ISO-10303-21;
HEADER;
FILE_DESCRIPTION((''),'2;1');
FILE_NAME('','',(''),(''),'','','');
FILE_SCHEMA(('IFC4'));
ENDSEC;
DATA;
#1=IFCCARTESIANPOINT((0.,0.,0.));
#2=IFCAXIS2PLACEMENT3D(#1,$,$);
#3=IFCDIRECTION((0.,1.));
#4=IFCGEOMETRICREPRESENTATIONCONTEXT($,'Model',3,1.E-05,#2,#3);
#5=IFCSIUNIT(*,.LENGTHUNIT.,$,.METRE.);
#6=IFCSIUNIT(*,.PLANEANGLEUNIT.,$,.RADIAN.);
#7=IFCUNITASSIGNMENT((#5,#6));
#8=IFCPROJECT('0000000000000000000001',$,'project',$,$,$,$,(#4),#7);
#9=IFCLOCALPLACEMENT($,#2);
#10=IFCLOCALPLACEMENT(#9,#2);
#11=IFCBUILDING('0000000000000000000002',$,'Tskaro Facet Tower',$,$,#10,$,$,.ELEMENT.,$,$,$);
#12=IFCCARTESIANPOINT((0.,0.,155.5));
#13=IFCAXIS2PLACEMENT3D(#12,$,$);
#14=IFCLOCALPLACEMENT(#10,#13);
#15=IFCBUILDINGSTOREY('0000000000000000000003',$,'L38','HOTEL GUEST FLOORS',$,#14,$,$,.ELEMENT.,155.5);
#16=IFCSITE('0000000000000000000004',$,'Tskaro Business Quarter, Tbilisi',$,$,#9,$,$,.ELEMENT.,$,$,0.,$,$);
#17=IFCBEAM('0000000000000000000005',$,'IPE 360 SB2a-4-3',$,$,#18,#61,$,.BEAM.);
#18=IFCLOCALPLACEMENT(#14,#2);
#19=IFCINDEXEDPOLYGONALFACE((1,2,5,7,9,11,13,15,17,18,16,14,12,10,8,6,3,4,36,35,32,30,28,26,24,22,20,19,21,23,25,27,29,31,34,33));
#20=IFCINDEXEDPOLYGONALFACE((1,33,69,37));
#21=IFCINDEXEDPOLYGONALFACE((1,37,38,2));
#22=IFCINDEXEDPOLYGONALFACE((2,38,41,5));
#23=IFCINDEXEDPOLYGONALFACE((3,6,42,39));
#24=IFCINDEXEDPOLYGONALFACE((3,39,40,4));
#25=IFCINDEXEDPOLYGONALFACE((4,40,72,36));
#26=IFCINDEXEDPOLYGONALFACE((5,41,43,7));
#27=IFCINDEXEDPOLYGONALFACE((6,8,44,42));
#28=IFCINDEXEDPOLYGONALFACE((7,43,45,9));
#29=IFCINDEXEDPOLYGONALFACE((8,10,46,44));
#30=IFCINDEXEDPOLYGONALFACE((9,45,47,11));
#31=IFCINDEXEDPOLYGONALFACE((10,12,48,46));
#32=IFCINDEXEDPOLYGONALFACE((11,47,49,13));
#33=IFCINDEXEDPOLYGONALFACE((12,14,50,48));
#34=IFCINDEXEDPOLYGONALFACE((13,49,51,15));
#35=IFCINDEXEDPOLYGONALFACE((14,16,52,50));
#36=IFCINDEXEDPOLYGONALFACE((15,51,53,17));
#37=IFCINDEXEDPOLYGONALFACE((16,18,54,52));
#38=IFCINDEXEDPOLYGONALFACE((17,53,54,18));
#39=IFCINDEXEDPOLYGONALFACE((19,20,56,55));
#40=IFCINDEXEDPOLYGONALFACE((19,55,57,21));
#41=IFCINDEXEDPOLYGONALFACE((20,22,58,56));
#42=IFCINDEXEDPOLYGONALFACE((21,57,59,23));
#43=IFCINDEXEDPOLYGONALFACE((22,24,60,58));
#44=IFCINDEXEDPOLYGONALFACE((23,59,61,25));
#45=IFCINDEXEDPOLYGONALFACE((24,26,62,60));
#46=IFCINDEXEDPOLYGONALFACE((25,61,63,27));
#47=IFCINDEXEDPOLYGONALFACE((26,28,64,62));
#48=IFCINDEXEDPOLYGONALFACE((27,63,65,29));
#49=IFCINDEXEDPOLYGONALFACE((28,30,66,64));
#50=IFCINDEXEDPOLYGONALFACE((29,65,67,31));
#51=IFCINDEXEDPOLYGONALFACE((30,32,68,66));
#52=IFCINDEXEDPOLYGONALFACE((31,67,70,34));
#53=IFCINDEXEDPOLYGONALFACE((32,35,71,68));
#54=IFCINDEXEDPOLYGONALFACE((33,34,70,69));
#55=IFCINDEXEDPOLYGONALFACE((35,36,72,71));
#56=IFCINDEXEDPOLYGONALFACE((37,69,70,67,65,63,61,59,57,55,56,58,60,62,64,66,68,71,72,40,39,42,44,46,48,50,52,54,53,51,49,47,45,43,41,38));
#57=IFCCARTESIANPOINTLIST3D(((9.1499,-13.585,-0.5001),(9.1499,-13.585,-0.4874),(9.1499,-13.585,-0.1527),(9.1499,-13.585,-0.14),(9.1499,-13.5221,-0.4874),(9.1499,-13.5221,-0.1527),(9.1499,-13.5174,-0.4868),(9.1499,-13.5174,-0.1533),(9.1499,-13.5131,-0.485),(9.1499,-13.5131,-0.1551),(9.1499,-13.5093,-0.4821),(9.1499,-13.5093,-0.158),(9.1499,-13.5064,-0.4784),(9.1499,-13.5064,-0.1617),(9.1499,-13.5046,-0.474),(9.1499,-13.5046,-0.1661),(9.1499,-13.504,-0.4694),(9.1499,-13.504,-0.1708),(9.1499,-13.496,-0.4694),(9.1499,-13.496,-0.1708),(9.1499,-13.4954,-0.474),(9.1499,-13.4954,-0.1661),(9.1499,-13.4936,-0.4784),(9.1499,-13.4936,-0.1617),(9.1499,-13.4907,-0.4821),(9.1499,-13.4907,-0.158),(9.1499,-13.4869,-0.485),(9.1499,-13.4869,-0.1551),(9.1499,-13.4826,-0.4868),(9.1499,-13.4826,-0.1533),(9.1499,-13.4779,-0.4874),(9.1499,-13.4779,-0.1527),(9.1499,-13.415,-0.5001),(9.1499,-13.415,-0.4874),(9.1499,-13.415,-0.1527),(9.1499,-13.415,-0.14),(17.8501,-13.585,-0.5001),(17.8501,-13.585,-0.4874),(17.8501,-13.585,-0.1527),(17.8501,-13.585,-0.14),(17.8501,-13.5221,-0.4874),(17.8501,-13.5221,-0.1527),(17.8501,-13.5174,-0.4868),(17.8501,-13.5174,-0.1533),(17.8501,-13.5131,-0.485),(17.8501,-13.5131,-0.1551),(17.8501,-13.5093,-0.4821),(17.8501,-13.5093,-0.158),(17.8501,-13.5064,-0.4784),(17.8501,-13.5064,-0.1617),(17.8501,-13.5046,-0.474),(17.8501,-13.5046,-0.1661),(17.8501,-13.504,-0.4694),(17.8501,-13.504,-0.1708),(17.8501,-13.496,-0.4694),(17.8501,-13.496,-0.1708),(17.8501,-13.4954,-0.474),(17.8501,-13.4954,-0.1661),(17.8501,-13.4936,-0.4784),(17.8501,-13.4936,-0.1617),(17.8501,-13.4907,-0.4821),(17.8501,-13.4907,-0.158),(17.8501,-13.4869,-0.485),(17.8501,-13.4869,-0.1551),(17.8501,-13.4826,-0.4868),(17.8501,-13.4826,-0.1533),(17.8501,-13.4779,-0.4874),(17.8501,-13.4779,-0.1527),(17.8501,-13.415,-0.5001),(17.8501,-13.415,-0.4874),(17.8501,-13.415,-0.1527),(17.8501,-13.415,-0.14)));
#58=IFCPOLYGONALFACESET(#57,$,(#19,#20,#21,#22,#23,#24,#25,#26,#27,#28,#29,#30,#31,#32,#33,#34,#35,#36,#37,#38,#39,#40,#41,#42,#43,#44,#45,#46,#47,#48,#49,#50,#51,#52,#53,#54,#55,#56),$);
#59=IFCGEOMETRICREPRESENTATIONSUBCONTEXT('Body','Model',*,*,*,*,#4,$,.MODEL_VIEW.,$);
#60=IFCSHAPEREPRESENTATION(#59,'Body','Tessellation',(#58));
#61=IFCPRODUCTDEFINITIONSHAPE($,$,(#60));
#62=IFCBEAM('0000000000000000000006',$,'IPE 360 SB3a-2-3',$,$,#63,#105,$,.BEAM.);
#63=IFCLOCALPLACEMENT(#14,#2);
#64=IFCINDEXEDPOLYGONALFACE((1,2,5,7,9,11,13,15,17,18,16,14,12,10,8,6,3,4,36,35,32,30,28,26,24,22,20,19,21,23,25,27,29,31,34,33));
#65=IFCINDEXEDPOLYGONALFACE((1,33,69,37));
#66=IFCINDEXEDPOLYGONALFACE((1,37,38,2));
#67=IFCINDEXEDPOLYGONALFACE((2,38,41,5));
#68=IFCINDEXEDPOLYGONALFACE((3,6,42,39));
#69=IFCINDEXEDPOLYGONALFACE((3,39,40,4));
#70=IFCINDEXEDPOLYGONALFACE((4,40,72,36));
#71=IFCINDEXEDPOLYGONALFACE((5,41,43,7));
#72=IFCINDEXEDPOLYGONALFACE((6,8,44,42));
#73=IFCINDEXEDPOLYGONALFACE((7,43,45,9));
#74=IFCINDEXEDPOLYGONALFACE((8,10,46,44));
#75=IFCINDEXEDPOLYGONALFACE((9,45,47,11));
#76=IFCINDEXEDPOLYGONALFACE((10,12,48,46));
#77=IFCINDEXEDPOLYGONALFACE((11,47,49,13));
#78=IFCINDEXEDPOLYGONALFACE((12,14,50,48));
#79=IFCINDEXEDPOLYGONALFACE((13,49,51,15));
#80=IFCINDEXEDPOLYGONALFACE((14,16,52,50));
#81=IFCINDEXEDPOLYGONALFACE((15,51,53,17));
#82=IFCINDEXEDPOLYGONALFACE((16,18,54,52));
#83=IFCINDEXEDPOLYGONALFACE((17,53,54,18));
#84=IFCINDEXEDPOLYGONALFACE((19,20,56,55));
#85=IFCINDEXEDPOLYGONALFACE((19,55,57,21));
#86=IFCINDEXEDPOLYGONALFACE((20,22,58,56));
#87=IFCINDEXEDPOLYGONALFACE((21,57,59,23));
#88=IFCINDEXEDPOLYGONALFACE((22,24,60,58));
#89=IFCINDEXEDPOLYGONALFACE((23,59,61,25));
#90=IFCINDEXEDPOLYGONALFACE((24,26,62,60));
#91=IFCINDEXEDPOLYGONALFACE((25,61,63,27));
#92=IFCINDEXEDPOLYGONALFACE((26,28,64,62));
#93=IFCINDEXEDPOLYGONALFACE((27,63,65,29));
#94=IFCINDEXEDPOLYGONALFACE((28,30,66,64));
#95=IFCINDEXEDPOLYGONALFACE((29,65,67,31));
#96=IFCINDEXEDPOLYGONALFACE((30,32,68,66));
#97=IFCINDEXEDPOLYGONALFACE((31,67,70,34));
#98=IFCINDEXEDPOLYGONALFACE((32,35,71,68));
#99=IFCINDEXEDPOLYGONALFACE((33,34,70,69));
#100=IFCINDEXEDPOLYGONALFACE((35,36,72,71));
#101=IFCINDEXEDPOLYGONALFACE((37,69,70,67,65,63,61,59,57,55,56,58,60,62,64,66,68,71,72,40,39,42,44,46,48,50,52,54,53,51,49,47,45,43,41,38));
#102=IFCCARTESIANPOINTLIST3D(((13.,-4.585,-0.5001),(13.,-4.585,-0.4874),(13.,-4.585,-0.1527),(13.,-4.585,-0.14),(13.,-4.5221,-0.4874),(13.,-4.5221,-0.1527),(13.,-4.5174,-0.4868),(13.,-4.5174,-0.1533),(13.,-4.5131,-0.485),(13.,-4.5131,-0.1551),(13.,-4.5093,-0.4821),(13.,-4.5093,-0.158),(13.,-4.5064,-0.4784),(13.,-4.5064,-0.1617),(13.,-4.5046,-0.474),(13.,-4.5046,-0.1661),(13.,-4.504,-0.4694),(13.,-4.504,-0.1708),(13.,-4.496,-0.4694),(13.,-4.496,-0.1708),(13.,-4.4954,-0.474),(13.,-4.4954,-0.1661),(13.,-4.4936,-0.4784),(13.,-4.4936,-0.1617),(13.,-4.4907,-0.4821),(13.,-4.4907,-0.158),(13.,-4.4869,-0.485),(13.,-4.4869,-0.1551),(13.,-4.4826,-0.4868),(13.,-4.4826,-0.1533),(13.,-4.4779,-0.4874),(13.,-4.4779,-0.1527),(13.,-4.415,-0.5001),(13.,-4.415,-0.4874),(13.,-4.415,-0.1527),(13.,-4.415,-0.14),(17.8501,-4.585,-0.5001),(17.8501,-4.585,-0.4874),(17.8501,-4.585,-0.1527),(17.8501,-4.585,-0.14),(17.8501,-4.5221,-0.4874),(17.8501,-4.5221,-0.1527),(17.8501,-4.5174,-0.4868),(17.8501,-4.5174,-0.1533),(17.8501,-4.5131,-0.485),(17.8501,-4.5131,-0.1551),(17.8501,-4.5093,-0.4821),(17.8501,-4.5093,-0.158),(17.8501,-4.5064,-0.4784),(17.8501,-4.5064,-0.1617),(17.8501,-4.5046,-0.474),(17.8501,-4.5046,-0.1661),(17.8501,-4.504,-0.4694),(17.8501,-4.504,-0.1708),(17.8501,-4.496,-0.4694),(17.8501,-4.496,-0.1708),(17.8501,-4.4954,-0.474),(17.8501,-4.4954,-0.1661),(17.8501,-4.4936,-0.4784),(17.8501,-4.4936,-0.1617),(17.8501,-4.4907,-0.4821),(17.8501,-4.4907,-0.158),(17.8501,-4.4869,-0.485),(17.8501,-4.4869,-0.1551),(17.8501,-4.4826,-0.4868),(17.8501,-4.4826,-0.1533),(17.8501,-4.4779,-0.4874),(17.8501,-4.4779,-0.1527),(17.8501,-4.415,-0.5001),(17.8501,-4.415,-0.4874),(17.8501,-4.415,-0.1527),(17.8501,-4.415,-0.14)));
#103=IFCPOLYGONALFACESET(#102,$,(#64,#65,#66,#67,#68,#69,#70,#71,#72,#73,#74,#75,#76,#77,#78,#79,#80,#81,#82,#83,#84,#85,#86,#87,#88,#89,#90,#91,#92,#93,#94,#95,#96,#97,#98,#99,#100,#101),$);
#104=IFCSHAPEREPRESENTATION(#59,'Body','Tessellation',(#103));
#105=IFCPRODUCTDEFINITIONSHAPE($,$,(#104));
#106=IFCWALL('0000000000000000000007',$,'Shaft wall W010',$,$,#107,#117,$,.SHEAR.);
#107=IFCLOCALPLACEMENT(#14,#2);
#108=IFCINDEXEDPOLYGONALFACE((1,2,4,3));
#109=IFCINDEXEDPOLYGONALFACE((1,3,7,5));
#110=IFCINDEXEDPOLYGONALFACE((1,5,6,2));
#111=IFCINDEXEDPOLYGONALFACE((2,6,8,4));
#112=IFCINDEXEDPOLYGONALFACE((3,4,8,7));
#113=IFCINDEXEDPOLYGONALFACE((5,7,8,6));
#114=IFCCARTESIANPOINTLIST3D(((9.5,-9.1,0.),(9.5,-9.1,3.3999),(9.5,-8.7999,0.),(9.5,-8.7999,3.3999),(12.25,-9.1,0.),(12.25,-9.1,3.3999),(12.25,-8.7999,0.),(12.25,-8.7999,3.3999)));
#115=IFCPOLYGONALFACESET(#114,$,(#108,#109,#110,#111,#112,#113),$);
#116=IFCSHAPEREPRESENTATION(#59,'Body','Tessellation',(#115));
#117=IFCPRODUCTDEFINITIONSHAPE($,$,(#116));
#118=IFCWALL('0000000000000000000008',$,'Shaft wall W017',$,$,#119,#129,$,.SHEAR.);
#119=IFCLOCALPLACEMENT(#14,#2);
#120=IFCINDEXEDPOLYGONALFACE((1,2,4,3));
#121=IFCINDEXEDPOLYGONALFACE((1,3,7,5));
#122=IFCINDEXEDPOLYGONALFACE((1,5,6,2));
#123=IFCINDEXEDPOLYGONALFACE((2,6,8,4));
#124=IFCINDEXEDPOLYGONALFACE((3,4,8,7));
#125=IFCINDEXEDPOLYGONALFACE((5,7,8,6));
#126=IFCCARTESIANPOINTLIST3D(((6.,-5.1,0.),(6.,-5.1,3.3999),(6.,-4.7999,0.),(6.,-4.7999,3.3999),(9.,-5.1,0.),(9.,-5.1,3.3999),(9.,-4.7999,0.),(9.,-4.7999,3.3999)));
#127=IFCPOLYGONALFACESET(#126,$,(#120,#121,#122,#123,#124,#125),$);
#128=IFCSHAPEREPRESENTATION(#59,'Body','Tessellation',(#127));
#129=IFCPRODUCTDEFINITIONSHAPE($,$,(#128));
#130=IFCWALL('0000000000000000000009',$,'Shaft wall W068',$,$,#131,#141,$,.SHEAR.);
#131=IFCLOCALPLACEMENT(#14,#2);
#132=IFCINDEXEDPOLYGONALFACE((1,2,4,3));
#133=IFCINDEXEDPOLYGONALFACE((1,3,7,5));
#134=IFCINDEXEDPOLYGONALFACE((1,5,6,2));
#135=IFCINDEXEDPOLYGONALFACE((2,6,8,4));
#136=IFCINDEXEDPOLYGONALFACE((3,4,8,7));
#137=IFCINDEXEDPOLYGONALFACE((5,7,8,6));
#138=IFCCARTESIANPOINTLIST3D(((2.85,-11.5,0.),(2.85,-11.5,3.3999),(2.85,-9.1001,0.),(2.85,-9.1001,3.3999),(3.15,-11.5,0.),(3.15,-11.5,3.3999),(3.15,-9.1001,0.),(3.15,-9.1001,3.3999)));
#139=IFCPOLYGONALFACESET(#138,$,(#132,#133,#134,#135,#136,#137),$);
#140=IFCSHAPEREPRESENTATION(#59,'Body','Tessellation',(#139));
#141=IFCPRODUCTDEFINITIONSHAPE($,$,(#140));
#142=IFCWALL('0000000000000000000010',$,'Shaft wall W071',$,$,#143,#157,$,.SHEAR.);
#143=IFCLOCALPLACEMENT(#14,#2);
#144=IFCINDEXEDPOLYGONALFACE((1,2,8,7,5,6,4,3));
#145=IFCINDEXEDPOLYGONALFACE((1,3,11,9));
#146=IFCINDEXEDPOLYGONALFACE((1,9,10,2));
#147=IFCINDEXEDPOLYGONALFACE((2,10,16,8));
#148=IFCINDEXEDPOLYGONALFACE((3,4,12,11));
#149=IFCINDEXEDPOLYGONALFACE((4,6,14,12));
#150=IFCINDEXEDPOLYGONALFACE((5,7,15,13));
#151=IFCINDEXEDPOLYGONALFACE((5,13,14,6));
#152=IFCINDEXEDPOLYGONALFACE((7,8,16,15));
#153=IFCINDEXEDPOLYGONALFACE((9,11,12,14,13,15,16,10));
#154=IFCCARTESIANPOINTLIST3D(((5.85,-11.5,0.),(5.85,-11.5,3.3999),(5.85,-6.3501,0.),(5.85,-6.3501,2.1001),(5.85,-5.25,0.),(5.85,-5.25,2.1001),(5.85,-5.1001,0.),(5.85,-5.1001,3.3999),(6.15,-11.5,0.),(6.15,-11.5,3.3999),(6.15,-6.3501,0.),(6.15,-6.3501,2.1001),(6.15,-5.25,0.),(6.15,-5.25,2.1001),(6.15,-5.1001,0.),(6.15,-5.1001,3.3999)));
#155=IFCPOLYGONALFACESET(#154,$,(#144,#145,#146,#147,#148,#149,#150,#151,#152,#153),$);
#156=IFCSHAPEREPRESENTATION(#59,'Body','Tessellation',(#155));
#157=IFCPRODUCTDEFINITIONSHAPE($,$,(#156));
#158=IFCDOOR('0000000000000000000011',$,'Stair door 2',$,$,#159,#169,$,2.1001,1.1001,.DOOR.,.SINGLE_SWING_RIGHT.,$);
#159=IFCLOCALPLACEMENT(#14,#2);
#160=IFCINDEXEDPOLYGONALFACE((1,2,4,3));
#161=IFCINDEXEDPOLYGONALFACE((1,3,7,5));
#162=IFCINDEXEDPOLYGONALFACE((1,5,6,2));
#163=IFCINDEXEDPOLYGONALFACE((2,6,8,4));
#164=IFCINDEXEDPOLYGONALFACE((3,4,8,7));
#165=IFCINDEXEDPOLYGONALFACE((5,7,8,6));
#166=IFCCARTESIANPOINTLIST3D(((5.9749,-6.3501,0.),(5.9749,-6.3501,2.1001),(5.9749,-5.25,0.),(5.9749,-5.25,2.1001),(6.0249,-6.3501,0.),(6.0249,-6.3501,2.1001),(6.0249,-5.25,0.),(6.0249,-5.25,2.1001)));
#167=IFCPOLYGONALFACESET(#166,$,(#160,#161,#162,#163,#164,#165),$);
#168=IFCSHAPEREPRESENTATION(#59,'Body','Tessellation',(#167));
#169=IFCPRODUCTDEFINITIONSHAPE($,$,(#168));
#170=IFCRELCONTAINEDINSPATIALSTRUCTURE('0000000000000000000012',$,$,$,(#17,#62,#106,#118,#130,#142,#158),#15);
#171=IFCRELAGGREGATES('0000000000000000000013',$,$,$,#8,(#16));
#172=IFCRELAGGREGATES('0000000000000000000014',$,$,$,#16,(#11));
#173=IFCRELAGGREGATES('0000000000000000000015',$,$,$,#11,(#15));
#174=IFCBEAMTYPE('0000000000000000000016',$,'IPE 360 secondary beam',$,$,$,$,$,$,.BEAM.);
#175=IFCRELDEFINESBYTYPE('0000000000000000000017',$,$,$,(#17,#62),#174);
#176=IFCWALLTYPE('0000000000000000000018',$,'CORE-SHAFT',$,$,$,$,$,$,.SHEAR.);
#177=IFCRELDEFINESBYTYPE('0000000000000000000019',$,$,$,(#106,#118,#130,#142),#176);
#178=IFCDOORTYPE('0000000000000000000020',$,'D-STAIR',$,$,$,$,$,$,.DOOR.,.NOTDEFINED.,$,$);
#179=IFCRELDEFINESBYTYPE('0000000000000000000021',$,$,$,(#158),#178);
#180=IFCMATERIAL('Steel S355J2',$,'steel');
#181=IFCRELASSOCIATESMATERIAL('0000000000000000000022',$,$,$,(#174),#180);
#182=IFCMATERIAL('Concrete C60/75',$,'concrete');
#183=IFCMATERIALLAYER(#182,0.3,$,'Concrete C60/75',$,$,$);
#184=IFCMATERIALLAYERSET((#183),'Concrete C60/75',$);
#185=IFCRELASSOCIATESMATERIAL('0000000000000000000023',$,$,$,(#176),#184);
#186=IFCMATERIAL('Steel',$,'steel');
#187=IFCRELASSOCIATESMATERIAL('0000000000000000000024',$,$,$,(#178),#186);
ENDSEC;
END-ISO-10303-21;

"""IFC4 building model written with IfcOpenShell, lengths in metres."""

from ifc_helpers import new_model, si_unit, direction, frame, frame_2d, origin, origin_2d, place, context, subcontext, project, spatial, rectangle, i_section, extrude, material, layer, layer_set, material_profile, profile_set, type_object, element, fill, save


model = new_model("IFC4")

# Units and contexts
model_context = context("Model", 3, precision=1e-05, world=origin(), true_north=direction((0.0, 1.0)))
body_context = subcontext(model_context, "Body", "Model", "MODEL_VIEW")
ifc_project = project(units=[si_unit("LENGTHUNIT", "METRE"), si_unit("PLANEANGLEUNIT", "RADIAN")], contexts=[model_context])

# Site, building, storey
site_placement = place(None, origin())
site = spatial("IfcSite", under=ifc_project, at=site_placement, Name="Tskaro Business Quarter, Tbilisi", CompositionType="ELEMENT", RefElevation=0.0)
building_placement = place(site_placement, origin())
building = spatial("IfcBuilding", under=site, at=building_placement, Name="Tskaro Facet Tower", CompositionType="ELEMENT")
storey_placement = place(building_placement, frame((0.0, 0.0, 155.5)))
storey = spatial("IfcBuildingStorey", under=building, at=storey_placement, Name="L38", Description="HOTEL GUEST FLOORS", CompositionType="ELEMENT", Elevation=155.5)

# Beams
ifc_material_1 = material(Name="Steel S355J2", Category="steel")
ifc_material_profile = material_profile(ifc_material_1, i_section(OverallWidth=0.1699, OverallDepth=0.3601, WebThickness=0.0081, FlangeThickness=0.0127, FilletRadius=0.0181, at=origin_2d()), Name="IPE 360")
ifc_profile_set = profile_set([ifc_material_profile], Name="Steel S355J2")
beam_type = type_object("IfcBeamType", Name="IPE 360 secondary beam", PredefinedType="BEAM", material=ifc_profile_set)
beam_1_placement = place(storey_placement, frame((9.1499, -13.5, -0.3201), z_axis=(1.0, 0.0, 0.0), x_axis=(0.0, 1.0, 0.0)))
element("IfcBeam", 1, at=beam_1_placement, inside=storey, type_object=beam_type, Name="IPE 360 SB2a-4-3", PredefinedType="BEAM", context=body_context, shape_type="SweptSolid", body=[
    extrude(i_section(OverallWidth=0.1699, OverallDepth=0.3601, WebThickness=0.0081, FlangeThickness=0.0127, FilletRadius=0.0181, at=origin_2d()), origin(), (0.0, 0.0, 1.0), 8.7002),
])
beam_2_placement = place(storey_placement, frame((13.0, -4.5, -0.3201), z_axis=(1.0, 0.0, 0.0), x_axis=(0.0, 1.0, 0.0)))
element("IfcBeam", 2, at=beam_2_placement, inside=storey, type_object=beam_type, Name="IPE 360 SB3a-2-3", PredefinedType="BEAM", context=body_context, shape_type="SweptSolid", body=[
    extrude(i_section(OverallWidth=0.1699, OverallDepth=0.3601, WebThickness=0.0081, FlangeThickness=0.0127, FilletRadius=0.0181, at=origin_2d()), origin(), (0.0, 0.0, 1.0), 4.8501),
])

# Walls
ifc_material_2 = material(Name="Concrete C60/75", Category="concrete")
ifc_layer_1 = layer(ifc_material_2, 0.3, Name="Concrete C60/75")
ifc_layer_set_1 = layer_set([ifc_layer_1], Name="Concrete C60/75")
wall_type_1 = type_object("IfcWallType", Name="CORE-SHAFT", PredefinedType="SHEAR", material=ifc_layer_set_1)
wall_1_placement = place(storey_placement, frame((9.5, -8.95, 0.0), z_axis=(0.0, 0.0, 1.0), x_axis=(1.0, 0.0, 0.0)))
element("IfcWall", 3, at=wall_1_placement, inside=storey, type_object=wall_type_1, Name="Shaft wall W010", PredefinedType="SHEAR", context=body_context, shape_type="SweptSolid", body=[
    extrude(rectangle(XDim=2.75, YDim=0.3, at=frame_2d((1.375, 0.0))), origin(), (0.0, 0.0, 1.0), 3.3999),
])
wall_2_placement = place(storey_placement, frame((6.0, -4.95, 0.0), z_axis=(0.0, 0.0, 1.0), x_axis=(1.0, 0.0, 0.0)))
element("IfcWall", 4, at=wall_2_placement, inside=storey, type_object=wall_type_1, Name="Shaft wall W017", PredefinedType="SHEAR", context=body_context, shape_type="SweptSolid", body=[
    extrude(rectangle(XDim=3.0, YDim=0.3, at=frame_2d((1.5, 0.0))), origin(), (0.0, 0.0, 1.0), 3.3999),
])
wall_3_placement = place(storey_placement, frame((3.0, -11.5, 0.0), z_axis=(0.0, 0.0, 1.0), x_axis=(0.0, 1.0, 0.0)))
element("IfcWall", 5, at=wall_3_placement, inside=storey, type_object=wall_type_1, Name="Shaft wall W068", PredefinedType="SHEAR", context=body_context, shape_type="SweptSolid", body=[
    extrude(rectangle(XDim=2.3999, YDim=0.3, at=frame_2d((1.2, 0.0))), origin(), (0.0, 0.0, 1.0), 3.3999),
])

# Wall, opening, door
wall_4_placement = place(storey_placement, frame((6.0, -5.1001, 0.0), z_axis=(0.0, 0.0, 1.0), x_axis=(0.0, -1.0, 0.0)))
wall_4 = element("IfcWall", 6, at=wall_4_placement, inside=storey, type_object=wall_type_1, Name="Shaft wall W071", PredefinedType="SHEAR", context=body_context, shape_type="SweptSolid", body=[
    extrude(rectangle(XDim=6.3999, YDim=0.3, at=frame_2d((3.2, 0.0))), origin(), (0.0, 0.0, 1.0), 3.3999),
])
opening_1_placement = place(wall_4_placement, frame((0.1499, 0.0, 0.0)))
opening_1 = element("IfcOpeningElement", 7, at=opening_1_placement, cuts=wall_4, PredefinedType="OPENING", context=body_context, shape_type="SweptSolid", body=[
    extrude(rectangle(XDim=1.1001, YDim=2.1001, at=frame_2d((0.55, 1.05))), frame((0.0, 0.1599, 0.0), z_axis=(0.0, -1.0, 0.0), x_axis=(1.0, 0.0, 0.0)), (0.0, 0.0, 1.0), 0.3201),
])
ifc_material_3 = material(Name="Steel", Category="steel")
door_type_1 = type_object("IfcDoorType", Name="D-STAIR", OperationType="NOTDEFINED", PredefinedType="DOOR", material=ifc_material_3)
door_1_placement = place(opening_1_placement, origin())
door_1 = element("IfcDoor", 8, at=door_1_placement, inside=storey, type_object=door_type_1, Name="Stair door 2", OperationType="SINGLE_SWING_RIGHT", OverallHeight=2.1001, OverallWidth=1.1001, PredefinedType="DOOR", context=body_context, shape_type="SweptSolid", body=[
    extrude(rectangle(XDim=1.1001, YDim=2.1001, at=frame_2d((0.55, 1.05))), frame((0.0, 0.0249, 0.0), z_axis=(0.0, -1.0, 0.0), x_axis=(1.0, 0.0, 0.0)), (0.0, 0.0, 1.0), 0.05),
])
fill(opening_1, door_1)

save(model, "model.ifc")
